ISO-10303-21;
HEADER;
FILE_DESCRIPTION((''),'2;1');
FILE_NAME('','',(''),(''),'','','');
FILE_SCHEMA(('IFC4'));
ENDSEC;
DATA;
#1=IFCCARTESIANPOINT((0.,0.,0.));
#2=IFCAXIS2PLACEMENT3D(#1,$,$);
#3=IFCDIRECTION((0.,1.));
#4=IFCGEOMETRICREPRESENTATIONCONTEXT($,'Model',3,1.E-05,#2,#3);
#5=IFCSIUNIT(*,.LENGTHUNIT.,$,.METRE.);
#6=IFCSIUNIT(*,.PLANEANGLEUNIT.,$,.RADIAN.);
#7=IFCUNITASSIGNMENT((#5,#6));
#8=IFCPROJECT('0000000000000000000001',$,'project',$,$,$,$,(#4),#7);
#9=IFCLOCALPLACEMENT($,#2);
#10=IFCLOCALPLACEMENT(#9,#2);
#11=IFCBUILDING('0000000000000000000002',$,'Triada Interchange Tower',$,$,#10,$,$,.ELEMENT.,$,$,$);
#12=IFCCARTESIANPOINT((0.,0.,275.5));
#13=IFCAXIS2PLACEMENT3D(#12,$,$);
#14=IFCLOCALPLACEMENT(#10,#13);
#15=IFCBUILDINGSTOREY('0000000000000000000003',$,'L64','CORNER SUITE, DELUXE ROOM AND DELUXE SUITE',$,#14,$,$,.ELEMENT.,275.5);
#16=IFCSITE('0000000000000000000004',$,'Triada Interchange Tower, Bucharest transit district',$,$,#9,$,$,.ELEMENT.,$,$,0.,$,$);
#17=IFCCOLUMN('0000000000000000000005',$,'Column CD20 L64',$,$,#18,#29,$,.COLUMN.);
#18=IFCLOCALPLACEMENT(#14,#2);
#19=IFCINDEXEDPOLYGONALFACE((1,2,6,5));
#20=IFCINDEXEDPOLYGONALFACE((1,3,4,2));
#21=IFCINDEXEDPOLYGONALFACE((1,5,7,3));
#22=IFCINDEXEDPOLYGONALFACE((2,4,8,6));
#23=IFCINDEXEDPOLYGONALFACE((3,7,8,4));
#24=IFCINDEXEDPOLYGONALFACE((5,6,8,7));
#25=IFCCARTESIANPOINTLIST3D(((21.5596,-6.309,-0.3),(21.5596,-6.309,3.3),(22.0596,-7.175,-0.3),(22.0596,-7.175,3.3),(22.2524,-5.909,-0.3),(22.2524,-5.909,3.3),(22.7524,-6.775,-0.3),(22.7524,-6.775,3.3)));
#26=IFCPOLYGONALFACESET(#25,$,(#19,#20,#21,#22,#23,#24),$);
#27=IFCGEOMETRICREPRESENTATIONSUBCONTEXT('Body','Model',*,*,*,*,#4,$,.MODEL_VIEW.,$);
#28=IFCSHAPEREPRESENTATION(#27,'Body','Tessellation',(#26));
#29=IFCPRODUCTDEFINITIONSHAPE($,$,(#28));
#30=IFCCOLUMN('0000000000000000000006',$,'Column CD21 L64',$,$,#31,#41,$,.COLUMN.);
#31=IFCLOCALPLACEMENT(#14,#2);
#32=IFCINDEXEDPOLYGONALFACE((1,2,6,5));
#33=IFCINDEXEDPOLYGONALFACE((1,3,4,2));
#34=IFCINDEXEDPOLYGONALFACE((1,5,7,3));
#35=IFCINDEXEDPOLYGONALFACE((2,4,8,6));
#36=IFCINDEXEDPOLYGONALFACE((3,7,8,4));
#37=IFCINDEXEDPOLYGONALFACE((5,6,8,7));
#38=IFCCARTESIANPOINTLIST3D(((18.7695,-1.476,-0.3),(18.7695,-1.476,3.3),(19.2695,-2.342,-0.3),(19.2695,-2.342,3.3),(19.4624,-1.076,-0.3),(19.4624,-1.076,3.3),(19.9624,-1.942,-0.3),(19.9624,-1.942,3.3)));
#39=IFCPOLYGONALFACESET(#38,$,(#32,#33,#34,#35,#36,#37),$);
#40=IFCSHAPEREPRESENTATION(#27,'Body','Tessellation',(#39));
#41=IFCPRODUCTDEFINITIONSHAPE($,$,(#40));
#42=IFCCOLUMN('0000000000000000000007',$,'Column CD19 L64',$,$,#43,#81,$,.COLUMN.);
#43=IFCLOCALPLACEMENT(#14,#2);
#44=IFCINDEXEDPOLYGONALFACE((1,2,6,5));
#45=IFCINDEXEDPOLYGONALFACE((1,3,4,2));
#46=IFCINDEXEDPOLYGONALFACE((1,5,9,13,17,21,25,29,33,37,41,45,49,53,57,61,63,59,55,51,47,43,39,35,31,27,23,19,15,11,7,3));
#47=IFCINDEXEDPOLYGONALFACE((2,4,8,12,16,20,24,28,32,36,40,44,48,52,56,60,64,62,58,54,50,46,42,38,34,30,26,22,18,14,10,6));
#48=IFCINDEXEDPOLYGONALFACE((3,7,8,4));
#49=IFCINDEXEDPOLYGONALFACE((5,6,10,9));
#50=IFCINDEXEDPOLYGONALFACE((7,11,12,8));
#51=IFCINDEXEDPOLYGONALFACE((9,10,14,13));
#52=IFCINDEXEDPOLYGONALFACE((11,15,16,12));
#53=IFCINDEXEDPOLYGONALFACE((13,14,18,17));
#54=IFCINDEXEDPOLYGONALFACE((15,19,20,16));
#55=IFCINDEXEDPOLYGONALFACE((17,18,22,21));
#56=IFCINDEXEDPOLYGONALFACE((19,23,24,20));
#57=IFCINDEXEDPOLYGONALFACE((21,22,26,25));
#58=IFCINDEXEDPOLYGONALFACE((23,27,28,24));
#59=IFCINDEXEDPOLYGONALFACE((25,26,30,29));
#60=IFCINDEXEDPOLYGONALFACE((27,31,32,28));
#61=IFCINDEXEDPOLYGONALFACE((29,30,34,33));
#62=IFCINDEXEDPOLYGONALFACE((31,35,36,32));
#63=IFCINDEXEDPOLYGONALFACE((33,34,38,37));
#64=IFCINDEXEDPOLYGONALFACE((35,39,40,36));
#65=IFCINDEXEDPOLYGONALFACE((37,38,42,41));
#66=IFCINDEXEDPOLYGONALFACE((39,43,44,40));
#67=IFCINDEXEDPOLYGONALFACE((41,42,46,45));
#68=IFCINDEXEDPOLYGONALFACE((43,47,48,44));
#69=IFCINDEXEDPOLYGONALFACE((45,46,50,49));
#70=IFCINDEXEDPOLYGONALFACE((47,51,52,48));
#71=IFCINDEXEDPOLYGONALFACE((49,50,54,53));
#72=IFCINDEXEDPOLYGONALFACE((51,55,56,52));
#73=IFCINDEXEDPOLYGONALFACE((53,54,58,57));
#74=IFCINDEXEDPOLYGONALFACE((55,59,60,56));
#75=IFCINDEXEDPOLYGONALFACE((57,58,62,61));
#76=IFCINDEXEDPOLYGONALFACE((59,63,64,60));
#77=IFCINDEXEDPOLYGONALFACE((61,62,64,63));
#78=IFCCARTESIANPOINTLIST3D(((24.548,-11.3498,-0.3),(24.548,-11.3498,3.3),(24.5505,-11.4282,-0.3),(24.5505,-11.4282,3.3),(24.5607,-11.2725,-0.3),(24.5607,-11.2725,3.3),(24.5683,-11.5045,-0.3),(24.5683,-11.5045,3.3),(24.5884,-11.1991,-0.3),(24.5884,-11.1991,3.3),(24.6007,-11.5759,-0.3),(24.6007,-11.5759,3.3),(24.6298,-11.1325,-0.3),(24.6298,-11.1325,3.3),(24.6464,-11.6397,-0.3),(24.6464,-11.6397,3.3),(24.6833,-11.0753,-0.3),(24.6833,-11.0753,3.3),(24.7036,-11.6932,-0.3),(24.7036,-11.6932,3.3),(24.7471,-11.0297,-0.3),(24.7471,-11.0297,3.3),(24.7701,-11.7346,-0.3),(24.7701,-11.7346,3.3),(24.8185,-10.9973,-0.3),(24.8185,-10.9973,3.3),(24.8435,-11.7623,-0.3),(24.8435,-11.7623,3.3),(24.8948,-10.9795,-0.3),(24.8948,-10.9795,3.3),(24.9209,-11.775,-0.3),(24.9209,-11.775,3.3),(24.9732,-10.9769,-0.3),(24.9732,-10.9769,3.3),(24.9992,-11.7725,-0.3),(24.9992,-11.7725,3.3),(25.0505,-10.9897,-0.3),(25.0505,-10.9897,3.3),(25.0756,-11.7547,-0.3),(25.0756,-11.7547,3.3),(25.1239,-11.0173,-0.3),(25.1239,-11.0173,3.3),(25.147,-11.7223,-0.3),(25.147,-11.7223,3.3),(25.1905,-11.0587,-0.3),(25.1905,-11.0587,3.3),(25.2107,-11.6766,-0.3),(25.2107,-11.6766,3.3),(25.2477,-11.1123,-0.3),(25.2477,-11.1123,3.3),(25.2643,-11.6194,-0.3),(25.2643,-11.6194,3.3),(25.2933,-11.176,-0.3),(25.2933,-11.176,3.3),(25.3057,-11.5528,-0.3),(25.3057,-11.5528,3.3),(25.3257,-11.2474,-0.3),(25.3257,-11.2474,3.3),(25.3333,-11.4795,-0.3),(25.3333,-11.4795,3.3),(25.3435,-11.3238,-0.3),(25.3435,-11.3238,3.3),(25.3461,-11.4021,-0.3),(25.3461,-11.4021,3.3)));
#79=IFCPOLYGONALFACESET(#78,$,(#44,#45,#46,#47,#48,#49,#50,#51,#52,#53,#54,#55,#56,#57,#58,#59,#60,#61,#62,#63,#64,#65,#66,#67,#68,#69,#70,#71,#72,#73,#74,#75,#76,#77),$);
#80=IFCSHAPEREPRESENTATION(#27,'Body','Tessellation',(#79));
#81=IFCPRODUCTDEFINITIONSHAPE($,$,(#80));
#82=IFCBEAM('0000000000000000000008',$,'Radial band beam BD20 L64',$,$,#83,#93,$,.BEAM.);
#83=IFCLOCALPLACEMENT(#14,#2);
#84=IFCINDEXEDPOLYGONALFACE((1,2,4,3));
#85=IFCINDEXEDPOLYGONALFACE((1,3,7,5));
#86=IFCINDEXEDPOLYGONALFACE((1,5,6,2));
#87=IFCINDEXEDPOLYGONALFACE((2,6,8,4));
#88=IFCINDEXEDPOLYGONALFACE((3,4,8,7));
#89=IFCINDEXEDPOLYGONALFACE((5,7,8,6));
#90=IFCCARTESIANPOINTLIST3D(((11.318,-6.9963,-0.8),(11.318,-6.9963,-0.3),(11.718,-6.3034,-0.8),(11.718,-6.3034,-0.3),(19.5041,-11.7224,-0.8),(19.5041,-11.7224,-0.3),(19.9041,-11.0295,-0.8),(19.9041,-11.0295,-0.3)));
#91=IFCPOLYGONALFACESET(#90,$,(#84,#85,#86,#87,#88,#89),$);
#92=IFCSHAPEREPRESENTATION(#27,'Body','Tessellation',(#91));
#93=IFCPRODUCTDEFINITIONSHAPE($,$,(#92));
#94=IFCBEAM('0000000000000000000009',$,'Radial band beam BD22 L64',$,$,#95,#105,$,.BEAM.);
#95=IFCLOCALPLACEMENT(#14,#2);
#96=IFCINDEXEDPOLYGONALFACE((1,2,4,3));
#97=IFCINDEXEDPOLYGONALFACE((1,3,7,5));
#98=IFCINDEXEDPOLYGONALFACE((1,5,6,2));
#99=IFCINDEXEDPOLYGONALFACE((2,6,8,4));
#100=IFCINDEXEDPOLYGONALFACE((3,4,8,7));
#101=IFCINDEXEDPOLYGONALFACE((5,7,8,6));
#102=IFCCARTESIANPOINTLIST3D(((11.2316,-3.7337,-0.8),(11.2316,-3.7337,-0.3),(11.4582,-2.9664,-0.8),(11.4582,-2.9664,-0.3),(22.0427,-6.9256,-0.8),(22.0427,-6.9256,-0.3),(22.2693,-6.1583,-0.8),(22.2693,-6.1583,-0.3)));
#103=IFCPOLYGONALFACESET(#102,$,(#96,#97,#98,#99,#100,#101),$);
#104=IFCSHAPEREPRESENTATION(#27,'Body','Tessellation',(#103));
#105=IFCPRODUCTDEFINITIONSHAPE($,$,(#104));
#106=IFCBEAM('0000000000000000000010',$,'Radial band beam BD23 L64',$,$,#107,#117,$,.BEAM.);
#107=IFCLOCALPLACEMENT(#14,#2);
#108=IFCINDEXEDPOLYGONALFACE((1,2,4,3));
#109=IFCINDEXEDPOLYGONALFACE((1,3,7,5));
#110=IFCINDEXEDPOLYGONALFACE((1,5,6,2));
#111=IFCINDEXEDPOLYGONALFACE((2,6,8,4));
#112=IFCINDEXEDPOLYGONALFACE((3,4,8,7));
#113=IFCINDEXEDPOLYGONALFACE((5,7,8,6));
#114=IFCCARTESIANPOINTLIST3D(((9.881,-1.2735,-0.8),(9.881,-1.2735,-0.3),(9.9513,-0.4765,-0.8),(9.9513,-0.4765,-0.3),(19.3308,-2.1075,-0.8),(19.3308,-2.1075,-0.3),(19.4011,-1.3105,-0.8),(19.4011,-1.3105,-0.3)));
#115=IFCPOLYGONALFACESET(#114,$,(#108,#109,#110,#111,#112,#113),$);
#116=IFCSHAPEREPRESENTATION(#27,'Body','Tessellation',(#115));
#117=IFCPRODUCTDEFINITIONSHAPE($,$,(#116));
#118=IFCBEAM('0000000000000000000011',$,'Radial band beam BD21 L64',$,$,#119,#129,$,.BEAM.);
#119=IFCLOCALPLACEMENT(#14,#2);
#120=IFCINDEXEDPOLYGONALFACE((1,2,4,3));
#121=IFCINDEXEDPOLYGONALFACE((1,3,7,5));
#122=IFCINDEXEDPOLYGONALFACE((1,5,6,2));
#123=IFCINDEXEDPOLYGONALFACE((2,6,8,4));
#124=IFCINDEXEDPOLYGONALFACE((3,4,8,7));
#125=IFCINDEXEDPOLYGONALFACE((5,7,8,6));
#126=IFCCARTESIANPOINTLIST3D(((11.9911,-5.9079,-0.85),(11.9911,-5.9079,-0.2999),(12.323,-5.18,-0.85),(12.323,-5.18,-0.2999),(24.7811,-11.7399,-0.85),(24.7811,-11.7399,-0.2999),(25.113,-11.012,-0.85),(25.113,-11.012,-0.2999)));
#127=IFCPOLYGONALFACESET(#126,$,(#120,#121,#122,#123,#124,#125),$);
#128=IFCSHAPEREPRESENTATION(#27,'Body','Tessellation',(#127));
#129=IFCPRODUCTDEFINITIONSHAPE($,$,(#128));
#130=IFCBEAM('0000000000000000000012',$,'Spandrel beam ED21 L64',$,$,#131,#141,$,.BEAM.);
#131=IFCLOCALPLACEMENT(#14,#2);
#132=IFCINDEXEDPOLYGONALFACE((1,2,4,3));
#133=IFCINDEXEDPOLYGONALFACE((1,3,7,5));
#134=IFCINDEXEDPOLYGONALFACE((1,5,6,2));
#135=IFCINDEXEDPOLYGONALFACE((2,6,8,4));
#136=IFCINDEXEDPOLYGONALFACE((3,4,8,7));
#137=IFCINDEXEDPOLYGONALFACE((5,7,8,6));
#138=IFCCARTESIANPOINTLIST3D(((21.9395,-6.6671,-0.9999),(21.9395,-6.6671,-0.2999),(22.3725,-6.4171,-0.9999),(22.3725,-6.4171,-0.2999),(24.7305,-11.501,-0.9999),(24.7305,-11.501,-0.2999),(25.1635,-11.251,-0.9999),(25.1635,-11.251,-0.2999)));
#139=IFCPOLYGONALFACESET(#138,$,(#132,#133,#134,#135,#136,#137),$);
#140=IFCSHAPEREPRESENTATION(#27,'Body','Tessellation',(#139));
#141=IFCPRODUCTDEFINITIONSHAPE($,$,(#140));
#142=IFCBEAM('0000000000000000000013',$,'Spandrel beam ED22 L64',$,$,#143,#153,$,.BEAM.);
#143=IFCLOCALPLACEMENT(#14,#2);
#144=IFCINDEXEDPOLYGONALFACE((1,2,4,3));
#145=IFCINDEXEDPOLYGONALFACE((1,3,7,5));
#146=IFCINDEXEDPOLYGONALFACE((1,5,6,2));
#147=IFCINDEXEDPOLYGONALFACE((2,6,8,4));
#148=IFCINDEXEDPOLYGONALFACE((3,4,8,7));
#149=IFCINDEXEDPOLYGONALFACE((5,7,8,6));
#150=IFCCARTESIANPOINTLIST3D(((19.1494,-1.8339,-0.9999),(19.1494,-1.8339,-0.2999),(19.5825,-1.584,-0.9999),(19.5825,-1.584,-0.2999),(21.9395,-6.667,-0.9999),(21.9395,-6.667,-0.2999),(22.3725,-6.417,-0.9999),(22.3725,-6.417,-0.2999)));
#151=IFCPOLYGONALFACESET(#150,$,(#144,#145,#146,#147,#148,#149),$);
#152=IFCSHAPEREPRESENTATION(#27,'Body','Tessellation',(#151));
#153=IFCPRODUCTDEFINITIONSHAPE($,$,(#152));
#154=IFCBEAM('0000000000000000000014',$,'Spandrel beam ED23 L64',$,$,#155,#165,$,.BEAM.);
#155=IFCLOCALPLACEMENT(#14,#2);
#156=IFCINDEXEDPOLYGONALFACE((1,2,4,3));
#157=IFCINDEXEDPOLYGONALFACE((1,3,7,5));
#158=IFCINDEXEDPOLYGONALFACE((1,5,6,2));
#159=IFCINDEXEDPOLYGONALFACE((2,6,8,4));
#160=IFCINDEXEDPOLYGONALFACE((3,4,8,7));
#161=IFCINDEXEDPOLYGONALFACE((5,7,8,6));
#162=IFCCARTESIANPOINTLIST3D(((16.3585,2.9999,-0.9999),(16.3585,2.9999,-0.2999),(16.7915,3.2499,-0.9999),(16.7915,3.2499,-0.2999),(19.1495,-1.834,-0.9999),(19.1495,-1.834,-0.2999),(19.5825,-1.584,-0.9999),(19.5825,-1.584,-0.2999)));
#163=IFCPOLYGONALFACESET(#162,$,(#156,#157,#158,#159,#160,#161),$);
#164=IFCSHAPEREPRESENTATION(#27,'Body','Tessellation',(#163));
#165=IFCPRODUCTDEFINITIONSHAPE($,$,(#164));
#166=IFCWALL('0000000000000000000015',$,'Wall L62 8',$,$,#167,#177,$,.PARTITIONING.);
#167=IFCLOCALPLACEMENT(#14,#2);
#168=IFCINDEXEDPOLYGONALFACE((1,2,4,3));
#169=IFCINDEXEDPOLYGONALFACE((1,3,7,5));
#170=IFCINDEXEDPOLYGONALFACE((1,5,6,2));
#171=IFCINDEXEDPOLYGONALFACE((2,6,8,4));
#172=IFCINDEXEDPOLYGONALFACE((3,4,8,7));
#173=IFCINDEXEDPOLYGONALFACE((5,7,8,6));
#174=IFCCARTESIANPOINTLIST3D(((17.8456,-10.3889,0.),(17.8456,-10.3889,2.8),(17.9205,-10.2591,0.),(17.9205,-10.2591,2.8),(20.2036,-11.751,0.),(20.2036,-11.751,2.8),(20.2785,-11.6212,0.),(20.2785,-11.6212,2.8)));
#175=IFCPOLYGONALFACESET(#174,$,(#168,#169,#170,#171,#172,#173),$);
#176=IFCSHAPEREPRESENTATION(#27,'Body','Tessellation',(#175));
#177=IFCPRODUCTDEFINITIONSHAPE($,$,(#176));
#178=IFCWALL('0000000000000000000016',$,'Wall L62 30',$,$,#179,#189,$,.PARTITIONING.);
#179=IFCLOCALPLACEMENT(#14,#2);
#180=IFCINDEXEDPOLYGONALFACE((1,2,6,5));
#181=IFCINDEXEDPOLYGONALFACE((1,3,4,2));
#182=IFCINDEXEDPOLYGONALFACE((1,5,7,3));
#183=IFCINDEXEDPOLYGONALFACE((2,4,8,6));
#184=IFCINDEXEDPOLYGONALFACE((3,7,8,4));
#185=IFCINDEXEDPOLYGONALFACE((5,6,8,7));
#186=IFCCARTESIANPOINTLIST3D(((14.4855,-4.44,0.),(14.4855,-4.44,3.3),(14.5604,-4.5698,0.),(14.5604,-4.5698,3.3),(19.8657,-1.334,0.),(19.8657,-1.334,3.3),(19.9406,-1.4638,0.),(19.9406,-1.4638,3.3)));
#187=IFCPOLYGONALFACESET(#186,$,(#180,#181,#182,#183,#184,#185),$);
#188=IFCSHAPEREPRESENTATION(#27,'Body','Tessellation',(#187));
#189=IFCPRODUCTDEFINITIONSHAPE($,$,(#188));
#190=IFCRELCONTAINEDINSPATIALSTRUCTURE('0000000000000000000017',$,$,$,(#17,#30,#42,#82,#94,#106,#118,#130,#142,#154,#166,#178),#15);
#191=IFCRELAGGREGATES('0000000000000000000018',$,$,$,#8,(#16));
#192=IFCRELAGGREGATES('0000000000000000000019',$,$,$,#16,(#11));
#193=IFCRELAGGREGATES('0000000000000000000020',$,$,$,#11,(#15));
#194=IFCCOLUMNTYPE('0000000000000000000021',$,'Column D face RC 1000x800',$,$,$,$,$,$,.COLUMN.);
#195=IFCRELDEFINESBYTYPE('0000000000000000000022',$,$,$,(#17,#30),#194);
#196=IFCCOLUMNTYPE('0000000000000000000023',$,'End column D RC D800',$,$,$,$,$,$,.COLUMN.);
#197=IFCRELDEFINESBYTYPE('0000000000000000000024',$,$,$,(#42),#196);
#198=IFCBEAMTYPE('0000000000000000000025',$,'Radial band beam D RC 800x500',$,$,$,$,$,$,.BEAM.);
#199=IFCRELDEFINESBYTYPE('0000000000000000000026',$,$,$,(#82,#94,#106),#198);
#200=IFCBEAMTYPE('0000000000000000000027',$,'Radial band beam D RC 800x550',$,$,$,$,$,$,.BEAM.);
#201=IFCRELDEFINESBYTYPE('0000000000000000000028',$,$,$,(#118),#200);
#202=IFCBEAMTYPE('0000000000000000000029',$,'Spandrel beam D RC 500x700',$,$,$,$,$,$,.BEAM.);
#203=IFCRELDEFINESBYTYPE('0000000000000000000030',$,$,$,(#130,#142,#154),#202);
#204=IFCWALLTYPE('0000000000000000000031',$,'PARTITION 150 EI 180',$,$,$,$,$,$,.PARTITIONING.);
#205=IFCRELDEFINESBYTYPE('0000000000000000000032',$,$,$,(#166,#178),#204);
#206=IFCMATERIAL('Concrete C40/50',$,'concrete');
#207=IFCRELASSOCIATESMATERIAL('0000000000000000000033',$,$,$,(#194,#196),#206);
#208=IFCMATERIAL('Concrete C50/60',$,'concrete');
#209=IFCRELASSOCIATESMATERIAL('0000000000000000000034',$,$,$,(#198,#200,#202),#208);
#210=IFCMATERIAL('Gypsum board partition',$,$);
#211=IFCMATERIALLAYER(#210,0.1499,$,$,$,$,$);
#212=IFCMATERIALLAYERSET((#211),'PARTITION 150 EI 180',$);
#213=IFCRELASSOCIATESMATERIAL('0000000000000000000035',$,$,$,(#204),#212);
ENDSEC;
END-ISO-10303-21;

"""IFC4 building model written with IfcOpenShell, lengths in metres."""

from ifc_helpers import new_model, si_unit, direction, frame, frame_2d, origin, origin_2d, place, context, subcontext, project, spatial, rectangle, circle, extrude, material, layer, layer_set, material_profile, profile_set, type_object, element, save


model = new_model("IFC4")

# Units and contexts
model_context = context("Model", 3, precision=1e-05, world=origin(), true_north=direction((0.0, 1.0)))
body_context = subcontext(model_context, "Body", "Model", "MODEL_VIEW")
ifc_project = project(units=[si_unit("LENGTHUNIT", "METRE"), si_unit("PLANEANGLEUNIT", "RADIAN")], contexts=[model_context])

# Site, building, storey
site_placement = place(None, origin())
site = spatial("IfcSite", under=ifc_project, at=site_placement, Name="Triada Interchange Tower, Bucharest transit district", CompositionType="ELEMENT", RefElevation=0.0)
building_placement = place(site_placement, origin())
building = spatial("IfcBuilding", under=site, at=building_placement, Name="Triada Interchange Tower", CompositionType="ELEMENT")
storey_placement = place(building_placement, frame((0.0, 0.0, 275.5)))
storey = spatial("IfcBuildingStorey", under=building, at=storey_placement, Name="L64", Description="CORNER SUITE, DELUXE ROOM AND DELUXE SUITE", CompositionType="ELEMENT", Elevation=275.5)

# Columns
ifc_material_1 = material(Name="Concrete C40/50", Category="concrete")
ifc_material_profile_1 = material_profile(ifc_material_1, rectangle(XDim=1.0, YDim=0.8, at=origin_2d()), Name="RC 1000x800")
ifc_profile_set_1 = profile_set([ifc_material_profile_1], Name="Concrete C40/50")
column_type_1 = type_object("IfcColumnType", Name="Column D face RC 1000x800", PredefinedType="COLUMN", material=ifc_profile_set_1)
for number, where, z_axis, x_axis, name in (
    (1, (22.156, -6.542, -0.3), (0.0, 0.0, 1.0), (-0.5, 0.866025, 0.0), "Column CD20 L64"),
    (2, (19.366, -1.709, -0.3), (0.0, 0.0, 1.0), (-0.5, 0.866025, 0.0), "Column CD21 L64"),
):
    element("IfcColumn", number, at=place(storey_placement, frame(where, z_axis=z_axis, x_axis=x_axis)), inside=storey, type_object=column_type_1, Name=name, PredefinedType="COLUMN", context=body_context, shape_type="SweptSolid", body=[
        extrude(rectangle(XDim=1.0, YDim=0.8, at=origin_2d()), origin(), (0.0, 0.0, 1.0), 3.6001),
    ])
ifc_material_profile_2 = material_profile(ifc_material_1, circle(Radius=0.3999, at=origin_2d()), Name="RC D800")
ifc_profile_set_2 = profile_set([ifc_material_profile_2], Name="Concrete C40/50")
column_type_2 = type_object("IfcColumnType", Name="End column D RC D800", PredefinedType="COLUMN", material=ifc_profile_set_2)
column_placement = place(storey_placement, frame((24.947, -11.376, -0.3), z_axis=(0.0, 0.0, 1.0), x_axis=(-0.5, 0.866025, 0.0)))
element("IfcColumn", 3, at=column_placement, inside=storey, type_object=column_type_2, Name="Column CD19 L64", PredefinedType="COLUMN", context=body_context, shape_type="SweptSolid", body=[
    extrude(circle(Radius=0.3999, at=origin_2d()), origin(), (0.0, 0.0, 1.0), 3.6001),
])

# Beams
ifc_material_2 = material(Name="Concrete C50/60", Category="concrete")
ifc_material_profile_3 = material_profile(ifc_material_2, rectangle(XDim=0.8, YDim=0.5, at=origin_2d()), Name="RC 800x500")
ifc_profile_set_3 = profile_set([ifc_material_profile_3], Name="Concrete C50/60")
beam_type_1 = type_object("IfcBeamType", Name="Radial band beam D RC 800x500", PredefinedType="BEAM", material=ifc_profile_set_3)
beam_1_placement = place(storey_placement, frame((19.7041, -11.376, -0.55), z_axis=(-0.866032, 0.499989, 0.0), x_axis=(-0.499989, -0.866032, 0.0)))
element("IfcBeam", 4, at=beam_1_placement, inside=storey, type_object=beam_type_1, Name="Radial band beam BD20 L64", PredefinedType="BEAM", context=body_context, shape_type="SweptSolid", body=[
    extrude(rectangle(XDim=0.8, YDim=0.5, at=origin_2d()), origin(), (0.0, 0.0, 1.0), 9.4524),
])
beam_2_placement = place(storey_placement, frame((22.156, -6.542, -0.55), z_axis=(-0.959073, 0.283161, 0.0), x_axis=(-0.283161, -0.959073, 0.0)))
element("IfcBeam", 5, at=beam_2_placement, inside=storey, type_object=beam_type_1, Name="Radial band beam BD22 L64", PredefinedType="BEAM", context=body_context, shape_type="SweptSolid", body=[
    extrude(rectangle(XDim=0.8, YDim=0.5, at=origin_2d()), origin(), (0.0, 0.0, 1.0), 11.2725),
])
beam_3_placement = place(storey_placement, frame((19.366, -1.709, -0.55), z_axis=(-0.996128, 0.087911, 0.0), x_axis=(-0.087911, -0.996128, 0.0)))
element("IfcBeam", 6, at=beam_3_placement, inside=storey, type_object=beam_type_1, Name="Radial band beam BD23 L64", PredefinedType="BEAM", context=body_context, shape_type="SweptSolid", body=[
    extrude(rectangle(XDim=0.8, YDim=0.5, at=origin_2d()), origin(), (0.0, 0.0, 1.0), 9.4866),
])
ifc_material_profile_4 = material_profile(ifc_material_2, rectangle(XDim=0.8, YDim=0.55, at=origin_2d()), Name="RC 800x550")
ifc_profile_set_4 = profile_set([ifc_material_profile_4], Name="Concrete C50/60")
beam_type_2 = type_object("IfcBeamType", Name="Radial band beam D RC 800x550", PredefinedType="BEAM", material=ifc_profile_set_4)
beam_4_placement = place(storey_placement, frame((24.947, -11.376, -0.575), z_axis=(-0.909873, 0.414886, 0.0), x_axis=(-0.414886, -0.909873, 0.0)))
element("IfcBeam", 7, at=beam_4_placement, inside=storey, type_object=beam_type_2, Name="Radial band beam BD21 L64", PredefinedType="BEAM", context=body_context, shape_type="SweptSolid", body=[
    extrude(rectangle(XDim=0.8, YDim=0.55, at=origin_2d()), origin(), (0.0, 0.0, 1.0), 14.0569),
])
ifc_material_profile_5 = material_profile(ifc_material_2, rectangle(XDim=0.5, YDim=0.7, at=origin_2d()), Name="RC 500x700")
ifc_profile_set_5 = profile_set([ifc_material_profile_5], Name="Concrete C50/60")
beam_type_3 = type_object("IfcBeamType", Name="Spandrel beam D RC 500x700", PredefinedType="BEAM", material=ifc_profile_set_5)
beam_5_placement = place(storey_placement, frame((24.947, -11.376, -0.6499), z_axis=(-0.500015, 0.866017, 0.0), x_axis=(-0.866017, -0.500015, 0.0)))
element("IfcBeam", 8, at=beam_5_placement, inside=storey, type_object=beam_type_3, Name="Spandrel beam ED21 L64", PredefinedType="BEAM", context=body_context, shape_type="SweptSolid", body=[
    extrude(rectangle(XDim=0.5, YDim=0.7, at=origin_2d()), origin(), (0.0, 0.0, 1.0), 5.5818),
])
beam_6_placement = place(storey_placement, frame((22.156, -6.542, -0.6499), z_axis=(-0.49996, 0.866049, 0.0), x_axis=(-0.866049, -0.49996, 0.0)))
element("IfcBeam", 9, at=beam_6_placement, inside=storey, type_object=beam_type_3, Name="Spandrel beam ED22 L64", PredefinedType="BEAM", context=body_context, shape_type="SweptSolid", body=[
    extrude(rectangle(XDim=0.5, YDim=0.7, at=origin_2d()), origin(), (0.0, 0.0, 1.0), 5.5806),
])
beam_7_placement = place(storey_placement, frame((19.366, -1.709, -0.6499), z_axis=(-0.500015, 0.866017, 0.0), x_axis=(-0.866017, -0.500015, 0.0)))
element("IfcBeam", 10, at=beam_7_placement, inside=storey, type_object=beam_type_3, Name="Spandrel beam ED23 L64", PredefinedType="BEAM", context=body_context, shape_type="SweptSolid", body=[
    extrude(rectangle(XDim=0.5, YDim=0.7, at=origin_2d()), origin(), (0.0, 0.0, 1.0), 5.5818),
])

# Walls
ifc_material_3 = material(Name="Gypsum board partition")
ifc_layer_1 = layer(ifc_material_3, 0.1499)
ifc_layer_set_1 = layer_set([ifc_layer_1], Name="PARTITION 150 EI 180")
wall_type_1 = type_object("IfcWallType", Name="PARTITION 150 EI 180", PredefinedType="PARTITIONING", material=ifc_layer_set_1)
wall_1_placement = place(storey_placement, frame((17.8831, -10.324, 0.0), z_axis=(0.0, 0.0, 1.0), x_axis=(0.865911, -0.500198, 0.0)))
element("IfcWall", 11, at=wall_1_placement, inside=storey, type_object=wall_type_1, Name="Wall L62 8", PredefinedType="PARTITIONING", context=body_context, shape_type="SweptSolid", body=[
    extrude(rectangle(XDim=2.7231, YDim=0.1499, at=frame_2d((1.3616, 0.0))), origin(), (0.0, 0.0, 1.0), 2.8),
])
wall_2_placement = place(storey_placement, frame((14.5229, -4.5049, 0.0), z_axis=(0.0, 0.0, 1.0), x_axis=(0.866044, 0.499969, 0.0)))
element("IfcWall", 12, at=wall_2_placement, inside=storey, type_object=wall_type_1, Name="Wall L62 30", PredefinedType="PARTITIONING", context=body_context, shape_type="SweptSolid", body=[
    extrude(rectangle(XDim=6.2124, YDim=0.1499, at=frame_2d((3.1062, 0.0))), origin(), (0.0, 0.0, 1.0), 3.3),
])

save(model, "model.ifc")
